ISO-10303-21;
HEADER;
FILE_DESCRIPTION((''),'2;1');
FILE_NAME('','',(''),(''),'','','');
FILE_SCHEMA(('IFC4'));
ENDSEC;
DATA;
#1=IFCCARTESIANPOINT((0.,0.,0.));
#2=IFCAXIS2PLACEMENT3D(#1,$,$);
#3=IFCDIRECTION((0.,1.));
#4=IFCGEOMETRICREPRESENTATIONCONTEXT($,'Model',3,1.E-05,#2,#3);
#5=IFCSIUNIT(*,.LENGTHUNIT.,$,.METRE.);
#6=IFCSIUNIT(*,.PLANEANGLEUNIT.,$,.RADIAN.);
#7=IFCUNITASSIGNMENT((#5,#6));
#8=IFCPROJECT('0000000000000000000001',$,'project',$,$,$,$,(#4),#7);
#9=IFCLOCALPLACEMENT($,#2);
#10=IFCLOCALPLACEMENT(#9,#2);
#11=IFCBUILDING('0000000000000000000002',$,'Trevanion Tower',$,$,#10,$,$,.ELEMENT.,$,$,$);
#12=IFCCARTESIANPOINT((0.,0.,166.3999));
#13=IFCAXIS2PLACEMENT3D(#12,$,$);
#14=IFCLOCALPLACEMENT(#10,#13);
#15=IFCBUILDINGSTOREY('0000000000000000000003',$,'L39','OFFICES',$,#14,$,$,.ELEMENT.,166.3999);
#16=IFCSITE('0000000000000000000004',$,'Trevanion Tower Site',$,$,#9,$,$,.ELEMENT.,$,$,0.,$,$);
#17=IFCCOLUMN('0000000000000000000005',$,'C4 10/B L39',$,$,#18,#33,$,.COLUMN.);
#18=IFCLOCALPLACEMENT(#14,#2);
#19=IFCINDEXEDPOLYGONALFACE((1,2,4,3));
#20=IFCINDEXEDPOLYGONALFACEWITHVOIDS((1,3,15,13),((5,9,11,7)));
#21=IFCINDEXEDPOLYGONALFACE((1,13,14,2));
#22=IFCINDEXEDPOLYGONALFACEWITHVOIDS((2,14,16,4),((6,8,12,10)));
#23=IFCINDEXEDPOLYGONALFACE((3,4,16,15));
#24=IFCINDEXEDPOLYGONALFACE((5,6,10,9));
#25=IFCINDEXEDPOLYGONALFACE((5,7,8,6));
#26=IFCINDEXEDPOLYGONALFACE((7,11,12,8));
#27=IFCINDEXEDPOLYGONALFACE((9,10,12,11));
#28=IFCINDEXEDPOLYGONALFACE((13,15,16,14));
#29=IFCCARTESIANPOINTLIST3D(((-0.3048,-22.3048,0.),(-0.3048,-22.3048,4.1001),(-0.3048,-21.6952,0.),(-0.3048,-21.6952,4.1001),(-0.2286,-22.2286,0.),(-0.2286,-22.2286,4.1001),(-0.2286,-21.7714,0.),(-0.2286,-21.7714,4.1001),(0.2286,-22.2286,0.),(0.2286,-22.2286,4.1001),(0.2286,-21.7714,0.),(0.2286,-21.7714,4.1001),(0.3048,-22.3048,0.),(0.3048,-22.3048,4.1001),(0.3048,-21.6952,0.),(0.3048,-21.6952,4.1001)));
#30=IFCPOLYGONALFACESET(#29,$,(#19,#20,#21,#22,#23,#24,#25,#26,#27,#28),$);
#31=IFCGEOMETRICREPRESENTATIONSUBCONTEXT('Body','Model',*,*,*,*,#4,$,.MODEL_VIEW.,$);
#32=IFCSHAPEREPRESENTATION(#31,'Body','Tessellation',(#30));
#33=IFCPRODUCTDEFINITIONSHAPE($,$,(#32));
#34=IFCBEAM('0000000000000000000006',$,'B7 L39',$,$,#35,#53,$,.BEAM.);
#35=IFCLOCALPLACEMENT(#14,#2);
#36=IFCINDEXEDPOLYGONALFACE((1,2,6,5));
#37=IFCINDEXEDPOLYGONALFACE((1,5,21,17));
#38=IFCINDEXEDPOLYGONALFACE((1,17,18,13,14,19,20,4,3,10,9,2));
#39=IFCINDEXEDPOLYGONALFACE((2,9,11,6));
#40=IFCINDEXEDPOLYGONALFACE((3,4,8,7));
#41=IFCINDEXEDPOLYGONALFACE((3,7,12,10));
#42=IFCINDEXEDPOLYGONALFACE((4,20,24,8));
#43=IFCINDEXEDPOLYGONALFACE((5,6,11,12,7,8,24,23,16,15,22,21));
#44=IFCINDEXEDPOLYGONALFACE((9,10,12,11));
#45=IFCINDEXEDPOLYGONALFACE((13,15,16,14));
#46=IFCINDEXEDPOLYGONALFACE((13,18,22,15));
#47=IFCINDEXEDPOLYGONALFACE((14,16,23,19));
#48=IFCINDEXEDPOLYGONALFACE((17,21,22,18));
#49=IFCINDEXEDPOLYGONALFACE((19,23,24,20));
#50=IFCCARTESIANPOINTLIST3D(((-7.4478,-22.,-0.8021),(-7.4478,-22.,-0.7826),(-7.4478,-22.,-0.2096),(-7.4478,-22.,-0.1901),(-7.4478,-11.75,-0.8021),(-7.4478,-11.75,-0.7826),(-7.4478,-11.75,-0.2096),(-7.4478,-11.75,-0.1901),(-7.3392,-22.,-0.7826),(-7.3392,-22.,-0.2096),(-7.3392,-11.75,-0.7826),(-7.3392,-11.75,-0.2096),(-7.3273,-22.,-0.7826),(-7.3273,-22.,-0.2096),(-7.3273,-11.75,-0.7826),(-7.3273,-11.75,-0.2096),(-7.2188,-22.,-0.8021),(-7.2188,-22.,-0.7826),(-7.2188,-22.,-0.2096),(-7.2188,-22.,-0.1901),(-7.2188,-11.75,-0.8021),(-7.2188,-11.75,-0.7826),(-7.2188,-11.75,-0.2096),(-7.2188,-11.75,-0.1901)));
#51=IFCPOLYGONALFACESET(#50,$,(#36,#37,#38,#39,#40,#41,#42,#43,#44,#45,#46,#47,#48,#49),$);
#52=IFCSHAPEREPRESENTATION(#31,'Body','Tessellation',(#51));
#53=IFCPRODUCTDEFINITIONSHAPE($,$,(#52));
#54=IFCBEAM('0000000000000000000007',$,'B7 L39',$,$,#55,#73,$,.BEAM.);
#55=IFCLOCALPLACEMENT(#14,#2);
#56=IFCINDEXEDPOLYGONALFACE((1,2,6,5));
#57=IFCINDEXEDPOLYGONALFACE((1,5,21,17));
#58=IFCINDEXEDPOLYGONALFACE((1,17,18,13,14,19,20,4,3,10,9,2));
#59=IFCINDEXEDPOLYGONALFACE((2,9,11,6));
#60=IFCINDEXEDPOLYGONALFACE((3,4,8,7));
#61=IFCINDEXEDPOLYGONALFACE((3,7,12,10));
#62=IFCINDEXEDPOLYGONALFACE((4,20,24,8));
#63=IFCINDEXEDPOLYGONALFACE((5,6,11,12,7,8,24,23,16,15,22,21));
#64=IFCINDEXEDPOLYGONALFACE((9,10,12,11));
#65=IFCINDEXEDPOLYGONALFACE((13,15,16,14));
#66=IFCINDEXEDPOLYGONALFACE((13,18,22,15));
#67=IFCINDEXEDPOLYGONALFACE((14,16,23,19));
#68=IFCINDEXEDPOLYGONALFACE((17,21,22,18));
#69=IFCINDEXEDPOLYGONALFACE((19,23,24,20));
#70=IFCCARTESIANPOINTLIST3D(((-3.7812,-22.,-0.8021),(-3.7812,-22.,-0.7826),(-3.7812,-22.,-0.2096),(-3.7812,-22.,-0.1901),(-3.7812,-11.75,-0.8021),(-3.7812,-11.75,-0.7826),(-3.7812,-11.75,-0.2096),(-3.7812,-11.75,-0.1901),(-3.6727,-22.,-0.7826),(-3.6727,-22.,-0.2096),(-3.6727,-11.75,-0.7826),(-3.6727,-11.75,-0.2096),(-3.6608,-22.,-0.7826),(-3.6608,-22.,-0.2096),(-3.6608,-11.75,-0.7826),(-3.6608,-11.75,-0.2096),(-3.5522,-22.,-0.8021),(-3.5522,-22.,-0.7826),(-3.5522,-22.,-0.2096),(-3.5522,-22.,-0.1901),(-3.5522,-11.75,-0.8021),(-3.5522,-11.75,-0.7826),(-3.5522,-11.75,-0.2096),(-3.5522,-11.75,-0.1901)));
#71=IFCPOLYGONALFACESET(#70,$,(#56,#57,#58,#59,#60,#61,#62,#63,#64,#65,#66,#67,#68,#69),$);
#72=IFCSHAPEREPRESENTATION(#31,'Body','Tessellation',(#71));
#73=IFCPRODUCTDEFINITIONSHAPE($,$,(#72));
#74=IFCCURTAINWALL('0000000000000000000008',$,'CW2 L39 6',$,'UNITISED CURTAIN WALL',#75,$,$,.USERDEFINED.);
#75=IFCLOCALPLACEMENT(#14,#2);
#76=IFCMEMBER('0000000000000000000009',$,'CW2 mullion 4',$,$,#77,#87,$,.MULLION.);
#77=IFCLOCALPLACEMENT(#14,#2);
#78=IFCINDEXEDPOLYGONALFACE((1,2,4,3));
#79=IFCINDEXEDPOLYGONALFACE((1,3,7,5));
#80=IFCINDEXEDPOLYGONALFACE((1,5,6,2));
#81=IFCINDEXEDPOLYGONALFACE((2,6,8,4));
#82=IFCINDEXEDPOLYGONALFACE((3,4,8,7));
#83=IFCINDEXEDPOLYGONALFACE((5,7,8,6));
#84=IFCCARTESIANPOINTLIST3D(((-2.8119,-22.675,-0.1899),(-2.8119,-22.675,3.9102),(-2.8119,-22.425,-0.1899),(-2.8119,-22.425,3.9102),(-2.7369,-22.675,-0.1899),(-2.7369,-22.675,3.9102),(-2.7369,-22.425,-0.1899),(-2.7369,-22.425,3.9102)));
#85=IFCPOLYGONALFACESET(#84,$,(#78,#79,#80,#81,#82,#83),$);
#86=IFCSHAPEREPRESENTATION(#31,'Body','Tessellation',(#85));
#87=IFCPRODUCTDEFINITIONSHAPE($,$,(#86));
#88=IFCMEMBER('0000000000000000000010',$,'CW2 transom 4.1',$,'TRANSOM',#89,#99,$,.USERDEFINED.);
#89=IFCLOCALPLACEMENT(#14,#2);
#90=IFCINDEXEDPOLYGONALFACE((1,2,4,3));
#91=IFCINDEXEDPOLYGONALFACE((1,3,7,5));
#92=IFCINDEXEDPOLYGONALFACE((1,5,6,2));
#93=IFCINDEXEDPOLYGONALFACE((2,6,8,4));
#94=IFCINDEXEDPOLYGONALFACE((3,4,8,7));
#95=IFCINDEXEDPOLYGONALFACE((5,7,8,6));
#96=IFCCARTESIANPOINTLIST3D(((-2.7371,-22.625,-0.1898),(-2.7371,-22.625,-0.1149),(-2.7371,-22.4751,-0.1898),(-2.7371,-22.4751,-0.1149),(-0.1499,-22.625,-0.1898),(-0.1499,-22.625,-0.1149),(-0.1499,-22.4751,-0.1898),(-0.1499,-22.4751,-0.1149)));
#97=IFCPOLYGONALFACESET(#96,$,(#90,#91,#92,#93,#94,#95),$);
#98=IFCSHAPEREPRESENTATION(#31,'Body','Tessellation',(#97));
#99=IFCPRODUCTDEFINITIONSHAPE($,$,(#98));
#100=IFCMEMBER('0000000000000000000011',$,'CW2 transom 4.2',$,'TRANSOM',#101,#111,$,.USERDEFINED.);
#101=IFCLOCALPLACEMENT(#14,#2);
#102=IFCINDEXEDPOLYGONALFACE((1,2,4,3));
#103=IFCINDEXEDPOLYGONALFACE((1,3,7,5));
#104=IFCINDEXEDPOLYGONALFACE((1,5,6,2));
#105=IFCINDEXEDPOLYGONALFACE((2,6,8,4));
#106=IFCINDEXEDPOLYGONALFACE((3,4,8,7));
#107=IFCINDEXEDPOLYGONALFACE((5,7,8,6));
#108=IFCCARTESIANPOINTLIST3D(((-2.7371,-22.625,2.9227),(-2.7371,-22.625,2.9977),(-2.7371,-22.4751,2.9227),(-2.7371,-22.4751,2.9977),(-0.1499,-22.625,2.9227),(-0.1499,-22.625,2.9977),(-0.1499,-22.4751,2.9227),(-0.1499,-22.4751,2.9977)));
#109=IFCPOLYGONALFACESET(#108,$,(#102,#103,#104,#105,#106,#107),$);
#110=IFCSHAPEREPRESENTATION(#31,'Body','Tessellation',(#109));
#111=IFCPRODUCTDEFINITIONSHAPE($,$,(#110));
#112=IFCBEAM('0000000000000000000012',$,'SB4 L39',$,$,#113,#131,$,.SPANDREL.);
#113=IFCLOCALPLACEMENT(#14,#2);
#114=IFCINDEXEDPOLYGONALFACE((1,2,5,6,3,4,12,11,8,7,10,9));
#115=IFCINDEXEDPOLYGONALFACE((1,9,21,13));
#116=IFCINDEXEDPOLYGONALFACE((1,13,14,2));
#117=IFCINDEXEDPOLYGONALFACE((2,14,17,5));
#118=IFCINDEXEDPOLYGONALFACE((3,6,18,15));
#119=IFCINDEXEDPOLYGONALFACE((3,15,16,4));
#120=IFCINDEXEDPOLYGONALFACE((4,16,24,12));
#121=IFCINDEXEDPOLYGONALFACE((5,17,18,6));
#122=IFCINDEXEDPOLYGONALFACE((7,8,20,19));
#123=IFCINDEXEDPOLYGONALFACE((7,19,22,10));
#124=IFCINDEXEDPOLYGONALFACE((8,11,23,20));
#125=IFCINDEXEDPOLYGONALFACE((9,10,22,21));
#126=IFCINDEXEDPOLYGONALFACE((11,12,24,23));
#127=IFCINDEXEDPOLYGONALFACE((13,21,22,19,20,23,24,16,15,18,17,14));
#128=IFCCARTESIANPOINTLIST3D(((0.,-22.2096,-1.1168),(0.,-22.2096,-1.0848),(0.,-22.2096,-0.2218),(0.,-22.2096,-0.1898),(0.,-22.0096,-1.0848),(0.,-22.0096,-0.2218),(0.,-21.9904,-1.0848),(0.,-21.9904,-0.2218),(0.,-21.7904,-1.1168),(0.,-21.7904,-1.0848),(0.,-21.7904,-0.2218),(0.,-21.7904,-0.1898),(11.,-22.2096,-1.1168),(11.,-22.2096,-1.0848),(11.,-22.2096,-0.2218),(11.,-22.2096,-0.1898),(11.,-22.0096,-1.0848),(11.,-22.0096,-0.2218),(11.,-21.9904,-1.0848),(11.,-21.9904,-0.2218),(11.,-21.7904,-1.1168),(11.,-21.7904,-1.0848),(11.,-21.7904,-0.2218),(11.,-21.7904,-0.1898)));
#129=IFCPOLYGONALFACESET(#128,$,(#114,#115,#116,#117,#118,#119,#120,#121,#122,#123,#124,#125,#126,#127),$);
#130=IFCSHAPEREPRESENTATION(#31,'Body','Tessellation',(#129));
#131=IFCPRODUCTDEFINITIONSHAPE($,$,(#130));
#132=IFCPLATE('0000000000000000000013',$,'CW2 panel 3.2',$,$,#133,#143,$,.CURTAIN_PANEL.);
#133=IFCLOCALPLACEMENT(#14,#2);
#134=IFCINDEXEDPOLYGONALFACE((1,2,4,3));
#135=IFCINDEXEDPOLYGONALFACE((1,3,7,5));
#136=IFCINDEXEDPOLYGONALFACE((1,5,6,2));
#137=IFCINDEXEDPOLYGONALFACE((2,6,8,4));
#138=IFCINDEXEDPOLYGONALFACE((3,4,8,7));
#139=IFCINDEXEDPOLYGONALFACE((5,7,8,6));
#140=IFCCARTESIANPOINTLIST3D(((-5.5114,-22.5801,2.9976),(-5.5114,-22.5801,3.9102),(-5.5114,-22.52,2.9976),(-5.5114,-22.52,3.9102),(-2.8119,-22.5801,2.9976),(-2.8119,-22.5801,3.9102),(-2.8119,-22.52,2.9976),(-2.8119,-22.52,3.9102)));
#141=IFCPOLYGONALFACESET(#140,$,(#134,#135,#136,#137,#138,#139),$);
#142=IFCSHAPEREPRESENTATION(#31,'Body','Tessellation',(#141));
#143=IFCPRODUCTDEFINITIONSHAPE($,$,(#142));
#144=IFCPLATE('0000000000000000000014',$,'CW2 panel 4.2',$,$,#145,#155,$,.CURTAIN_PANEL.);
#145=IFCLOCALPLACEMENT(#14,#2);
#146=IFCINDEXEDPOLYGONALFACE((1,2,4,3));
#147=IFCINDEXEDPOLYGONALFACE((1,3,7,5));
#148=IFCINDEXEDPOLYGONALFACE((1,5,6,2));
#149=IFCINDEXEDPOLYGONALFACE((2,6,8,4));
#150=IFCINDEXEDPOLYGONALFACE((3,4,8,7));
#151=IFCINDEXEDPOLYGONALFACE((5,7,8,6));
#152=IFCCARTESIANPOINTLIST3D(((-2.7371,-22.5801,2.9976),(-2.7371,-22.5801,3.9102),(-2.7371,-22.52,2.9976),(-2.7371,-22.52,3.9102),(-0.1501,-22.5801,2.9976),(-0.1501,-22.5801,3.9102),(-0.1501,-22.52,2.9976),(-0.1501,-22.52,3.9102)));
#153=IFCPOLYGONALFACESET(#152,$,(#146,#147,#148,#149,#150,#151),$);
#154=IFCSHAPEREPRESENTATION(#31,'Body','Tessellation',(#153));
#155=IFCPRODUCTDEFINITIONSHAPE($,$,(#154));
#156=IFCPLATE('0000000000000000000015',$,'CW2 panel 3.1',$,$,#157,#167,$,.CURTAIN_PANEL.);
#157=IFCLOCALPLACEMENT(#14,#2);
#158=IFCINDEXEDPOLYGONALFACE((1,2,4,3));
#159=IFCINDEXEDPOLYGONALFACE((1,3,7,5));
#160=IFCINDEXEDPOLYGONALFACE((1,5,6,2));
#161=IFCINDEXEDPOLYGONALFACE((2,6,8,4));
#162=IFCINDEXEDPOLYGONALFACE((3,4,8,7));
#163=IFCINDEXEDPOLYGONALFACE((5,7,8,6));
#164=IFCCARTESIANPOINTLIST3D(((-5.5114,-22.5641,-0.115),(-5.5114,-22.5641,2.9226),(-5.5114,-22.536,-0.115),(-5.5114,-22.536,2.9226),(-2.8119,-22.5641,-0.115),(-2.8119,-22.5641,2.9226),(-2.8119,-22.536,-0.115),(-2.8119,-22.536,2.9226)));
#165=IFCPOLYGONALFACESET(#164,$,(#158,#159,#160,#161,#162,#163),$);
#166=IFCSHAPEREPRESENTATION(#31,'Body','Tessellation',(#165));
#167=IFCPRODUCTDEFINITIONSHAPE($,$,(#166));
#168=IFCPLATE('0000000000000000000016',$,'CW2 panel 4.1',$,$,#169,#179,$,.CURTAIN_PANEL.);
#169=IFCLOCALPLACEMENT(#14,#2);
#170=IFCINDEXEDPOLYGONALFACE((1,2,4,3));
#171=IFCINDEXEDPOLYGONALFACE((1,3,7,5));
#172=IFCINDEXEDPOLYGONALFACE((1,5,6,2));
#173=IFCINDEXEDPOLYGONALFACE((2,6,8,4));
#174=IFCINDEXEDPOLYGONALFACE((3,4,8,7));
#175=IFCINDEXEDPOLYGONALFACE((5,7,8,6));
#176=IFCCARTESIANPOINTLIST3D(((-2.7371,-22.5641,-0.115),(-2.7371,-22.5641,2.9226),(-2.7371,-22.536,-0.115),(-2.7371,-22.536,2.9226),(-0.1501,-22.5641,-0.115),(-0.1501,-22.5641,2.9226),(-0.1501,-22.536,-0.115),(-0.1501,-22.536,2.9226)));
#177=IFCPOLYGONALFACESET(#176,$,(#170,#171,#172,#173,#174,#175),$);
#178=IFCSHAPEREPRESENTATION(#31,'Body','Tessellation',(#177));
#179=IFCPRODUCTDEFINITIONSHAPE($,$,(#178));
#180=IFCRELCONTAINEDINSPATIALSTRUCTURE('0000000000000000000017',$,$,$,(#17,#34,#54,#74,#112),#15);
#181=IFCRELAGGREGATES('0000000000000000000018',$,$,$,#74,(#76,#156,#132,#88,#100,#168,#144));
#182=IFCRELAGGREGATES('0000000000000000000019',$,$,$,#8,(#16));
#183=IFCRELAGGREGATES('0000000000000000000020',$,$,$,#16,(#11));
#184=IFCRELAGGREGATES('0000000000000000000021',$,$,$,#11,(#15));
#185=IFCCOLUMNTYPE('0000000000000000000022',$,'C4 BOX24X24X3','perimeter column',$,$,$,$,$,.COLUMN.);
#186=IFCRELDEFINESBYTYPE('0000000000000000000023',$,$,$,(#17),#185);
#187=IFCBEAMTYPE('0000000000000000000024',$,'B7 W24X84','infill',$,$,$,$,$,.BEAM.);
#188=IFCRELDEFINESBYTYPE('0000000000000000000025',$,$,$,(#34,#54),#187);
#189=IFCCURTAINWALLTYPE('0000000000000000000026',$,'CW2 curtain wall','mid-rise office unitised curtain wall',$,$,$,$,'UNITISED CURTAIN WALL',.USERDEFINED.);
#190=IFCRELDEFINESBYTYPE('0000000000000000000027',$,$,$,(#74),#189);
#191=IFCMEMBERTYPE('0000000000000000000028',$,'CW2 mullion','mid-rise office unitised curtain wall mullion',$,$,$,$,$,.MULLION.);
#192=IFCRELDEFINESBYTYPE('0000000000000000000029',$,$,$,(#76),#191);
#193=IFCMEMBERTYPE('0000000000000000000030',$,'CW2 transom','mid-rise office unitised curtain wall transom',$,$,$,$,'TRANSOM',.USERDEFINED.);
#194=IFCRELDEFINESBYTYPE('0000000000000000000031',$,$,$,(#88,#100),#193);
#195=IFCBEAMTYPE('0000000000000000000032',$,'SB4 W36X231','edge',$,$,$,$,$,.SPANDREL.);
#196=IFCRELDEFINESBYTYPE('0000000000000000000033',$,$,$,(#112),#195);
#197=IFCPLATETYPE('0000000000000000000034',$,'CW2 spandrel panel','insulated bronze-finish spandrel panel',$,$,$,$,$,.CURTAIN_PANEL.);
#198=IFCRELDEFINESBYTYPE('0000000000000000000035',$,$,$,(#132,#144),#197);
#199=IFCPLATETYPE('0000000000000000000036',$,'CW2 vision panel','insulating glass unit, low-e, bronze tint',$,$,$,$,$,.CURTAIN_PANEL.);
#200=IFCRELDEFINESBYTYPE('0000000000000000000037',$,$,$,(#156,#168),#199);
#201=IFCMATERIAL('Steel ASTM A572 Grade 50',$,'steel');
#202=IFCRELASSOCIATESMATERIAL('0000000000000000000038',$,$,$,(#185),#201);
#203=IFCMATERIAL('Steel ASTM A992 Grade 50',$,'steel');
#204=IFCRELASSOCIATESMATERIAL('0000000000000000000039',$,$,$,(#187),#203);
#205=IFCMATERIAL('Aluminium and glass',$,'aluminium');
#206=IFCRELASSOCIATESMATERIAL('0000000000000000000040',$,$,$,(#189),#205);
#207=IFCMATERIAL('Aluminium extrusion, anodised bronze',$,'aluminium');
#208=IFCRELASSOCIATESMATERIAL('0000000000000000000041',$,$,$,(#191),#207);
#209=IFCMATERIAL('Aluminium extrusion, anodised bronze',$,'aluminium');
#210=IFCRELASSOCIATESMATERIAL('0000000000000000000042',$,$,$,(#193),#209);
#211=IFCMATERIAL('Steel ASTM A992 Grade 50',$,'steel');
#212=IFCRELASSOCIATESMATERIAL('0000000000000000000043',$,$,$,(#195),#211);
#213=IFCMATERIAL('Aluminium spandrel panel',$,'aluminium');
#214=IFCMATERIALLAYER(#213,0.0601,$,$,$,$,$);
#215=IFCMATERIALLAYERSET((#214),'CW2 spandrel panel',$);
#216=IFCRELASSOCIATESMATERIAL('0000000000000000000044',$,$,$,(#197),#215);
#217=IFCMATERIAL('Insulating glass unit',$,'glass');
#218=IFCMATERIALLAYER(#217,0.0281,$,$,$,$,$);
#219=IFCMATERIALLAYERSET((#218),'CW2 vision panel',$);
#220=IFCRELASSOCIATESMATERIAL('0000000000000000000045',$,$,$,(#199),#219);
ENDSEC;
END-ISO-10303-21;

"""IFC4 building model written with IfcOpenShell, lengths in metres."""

from ifc_helpers import new_model, si_unit, direction, frame, origin, origin_2d, place, context, subcontext, project, spatial, rectangle, hollow_rectangle, i_section, extrude, material, layer, layer_set, material_profile, profile_set, type_object, element, aggregate, save


model = new_model("IFC4")

# Units and contexts
model_context = context("Model", 3, precision=1e-05, world=origin(), true_north=direction((0.0, 1.0)))
body_context = subcontext(model_context, "Body", "Model", "MODEL_VIEW")
ifc_project = project(units=[si_unit("LENGTHUNIT", "METRE"), si_unit("PLANEANGLEUNIT", "RADIAN")], contexts=[model_context])

# Site, building, storey
site_placement = place(None, origin())
site = spatial("IfcSite", under=ifc_project, at=site_placement, Name="Trevanion Tower Site", CompositionType="ELEMENT", RefElevation=0.0)
building_placement = place(site_placement, origin())
building = spatial("IfcBuilding", under=site, at=building_placement, Name="Trevanion Tower", CompositionType="ELEMENT")
storey_placement = place(building_placement, frame((0.0, 0.0, 166.3999)))
storey = spatial("IfcBuildingStorey", under=building, at=storey_placement, Name="L39", Description="OFFICES", CompositionType="ELEMENT", Elevation=166.3999)

# Column
ifc_material_1 = material(Name="Steel ASTM A572 Grade 50", Category="steel")
ifc_material_profile_1 = material_profile(ifc_material_1, hollow_rectangle(XDim=0.6096, YDim=0.6096, WallThickness=0.0762, at=origin_2d()), Name="BOX24X24X3")
ifc_profile_set_1 = profile_set([ifc_material_profile_1], Name="Steel ASTM A572 Grade 50")
column_type = type_object("IfcColumnType", Name="C4 BOX24X24X3", Description="perimeter column", PredefinedType="COLUMN", material=ifc_profile_set_1)
column_placement = place(storey_placement, frame((0.0, -22.0, 0.0), z_axis=(0.0, 0.0, 1.0), x_axis=(1.0, 0.0, 0.0)))
element("IfcColumn", 1, at=column_placement, inside=storey, type_object=column_type, Name="C4 10/B L39", PredefinedType="COLUMN", context=body_context, shape_type="SweptSolid", body=[
    extrude(hollow_rectangle(XDim=0.6096, YDim=0.6096, WallThickness=0.0762, at=origin_2d()), origin(), (0.0, 0.0, 1.0), 4.1001),
])

# Beams
ifc_material_2 = material(Name="Steel ASTM A992 Grade 50", Category="steel")
ifc_material_profile_2 = material_profile(ifc_material_2, i_section(OverallWidth=0.229, OverallDepth=0.6121, WebThickness=0.012, FlangeThickness=0.0195, at=origin_2d()), Name="W24X84")
ifc_profile_set_2 = profile_set([ifc_material_profile_2], Name="Steel ASTM A992 Grade 50")
beam_type_1 = type_object("IfcBeamType", Name="B7 W24X84", Description="infill", PredefinedType="BEAM", material=ifc_profile_set_2)
for number, where, z_axis, x_axis, name in (
    (2, (-7.3333, -11.75, -0.4961), (0.0, -1.0, 0.0), (1.0, 0.0, 0.0), "B7 L39"),
    (3, (-3.6667, -11.75, -0.4961), (0.0, -1.0, 0.0), (1.0, 0.0, 0.0), "B7 L39"),
):
    element("IfcBeam", number, at=place(storey_placement, frame(where, z_axis=z_axis, x_axis=x_axis)), inside=storey, type_object=beam_type_1, Name=name, PredefinedType="BEAM", context=body_context, shape_type="SweptSolid", body=[
        extrude(i_section(OverallWidth=0.229, OverallDepth=0.6121, WebThickness=0.012, FlangeThickness=0.0195, at=origin_2d()), origin(), (0.0, 0.0, 1.0), 10.25),
    ])

# Curtain wall, members
ifc_material_3 = material(Name="Aluminium and glass", Category="aluminium")
curtain_wall_type = type_object("IfcCurtainWallType", Name="CW2 curtain wall", Description="mid-rise office unitised curtain wall", ElementType="UNITISED CURTAIN WALL", PredefinedType="USERDEFINED", material=ifc_material_3)
curtain_wall_placement = place(storey_placement, origin())
curtain_wall = element("IfcCurtainWall", 4, at=curtain_wall_placement, inside=storey, type_object=curtain_wall_type, Name="CW2 L39 6", ObjectType="UNITISED CURTAIN WALL", PredefinedType="USERDEFINED")
ifc_material_4 = material(Name="Aluminium extrusion, anodised bronze", Category="aluminium")
ifc_material_profile_3 = material_profile(ifc_material_4, rectangle(XDim=0.075, YDim=0.25, at=origin_2d()), Name="CW2 mullion")
ifc_profile_set_3 = profile_set([ifc_material_profile_3], Name="Aluminium extrusion, anodised bronze")
member_type_1 = type_object("IfcMemberType", Name="CW2 mullion", Description="mid-rise office unitised curtain wall mullion", PredefinedType="MULLION", material=ifc_profile_set_3)
member_1_placement = place(storey_placement, frame((-2.7744, -22.55, -0.1899), z_axis=(0.0, 0.0, 1.0), x_axis=(1.0, 0.0, 0.0)))
member_1 = element("IfcMember", 5, at=member_1_placement, type_object=member_type_1, Name="CW2 mullion 4", PredefinedType="MULLION", context=body_context, shape_type="SweptSolid", body=[
    extrude(rectangle(XDim=0.075, YDim=0.25, at=origin_2d()), origin(), (0.0, 0.0, 1.0), 4.1001),
])
ifc_material_5 = material(Name="Aluminium extrusion, anodised bronze", Category="aluminium")
ifc_material_profile_4 = material_profile(ifc_material_5, rectangle(XDim=0.1499, YDim=0.075, at=origin_2d()), Name="CW2 transom")
ifc_profile_set_4 = profile_set([ifc_material_profile_4], Name="Aluminium extrusion, anodised bronze")
member_type_2 = type_object("IfcMemberType", Name="CW2 transom", Description="mid-rise office unitised curtain wall transom", ElementType="TRANSOM", PredefinedType="USERDEFINED", material=ifc_profile_set_4)
member_2_placement = place(storey_placement, frame((-2.7371, -22.55, -0.1523), z_axis=(1.0, 0.0, 0.0), x_axis=(0.0, 1.0, 0.0)))
member_2 = element("IfcMember", 6, at=member_2_placement, type_object=member_type_2, Name="CW2 transom 4.1", ObjectType="TRANSOM", PredefinedType="USERDEFINED", context=body_context, shape_type="SweptSolid", body=[
    extrude(rectangle(XDim=0.1499, YDim=0.075, at=origin_2d()), origin(), (0.0, 0.0, 1.0), 2.5872),
])
member_3_placement = place(storey_placement, frame((-2.7371, -22.55, 2.9602), z_axis=(1.0, 0.0, 0.0), x_axis=(0.0, 1.0, 0.0)))
member_3 = element("IfcMember", 7, at=member_3_placement, type_object=member_type_2, Name="CW2 transom 4.2", ObjectType="TRANSOM", PredefinedType="USERDEFINED", context=body_context, shape_type="SweptSolid", body=[
    extrude(rectangle(XDim=0.1499, YDim=0.075, at=origin_2d()), origin(), (0.0, 0.0, 1.0), 2.5872),
])

# Beam
ifc_material_6 = material(Name="Steel ASTM A992 Grade 50", Category="steel")
ifc_material_profile_5 = material_profile(ifc_material_6, i_section(OverallWidth=0.4192, OverallDepth=0.927, WebThickness=0.0193, FlangeThickness=0.032, at=origin_2d()), Name="W36X231")
ifc_profile_set_5 = profile_set([ifc_material_profile_5], Name="Steel ASTM A992 Grade 50")
beam_type_2 = type_object("IfcBeamType", Name="SB4 W36X231", Description="edge", PredefinedType="SPANDREL", material=ifc_profile_set_5)
beam_placement = place(storey_placement, frame((0.0, -22.0, -0.6533), z_axis=(1.0, 0.0, 0.0), x_axis=(0.0, 1.0, 0.0)))
element("IfcBeam", 8, at=beam_placement, inside=storey, type_object=beam_type_2, Name="SB4 L39", PredefinedType="SPANDREL", context=body_context, shape_type="SweptSolid", body=[
    extrude(i_section(OverallWidth=0.4192, OverallDepth=0.927, WebThickness=0.0193, FlangeThickness=0.032, at=origin_2d()), origin(), (0.0, 0.0, 1.0), 11.0),
])

# Plates
ifc_material_7 = material(Name="Aluminium spandrel panel", Category="aluminium")
ifc_layer_1 = layer(ifc_material_7, 0.0601)
ifc_layer_set_1 = layer_set([ifc_layer_1], Name="CW2 spandrel panel")
plate_type_1 = type_object("IfcPlateType", Name="CW2 spandrel panel", Description="insulated bronze-finish spandrel panel", PredefinedType="CURTAIN_PANEL", material=ifc_layer_set_1)
plate_1_placement = place(storey_placement, frame((-4.1616, -22.55, 2.9976), z_axis=(0.0, 0.0, 1.0), x_axis=(1.0, 0.0, 0.0)))
plate_1 = element("IfcPlate", 9, at=plate_1_placement, type_object=plate_type_1, Name="CW2 panel 3.2", PredefinedType="CURTAIN_PANEL", context=body_context, shape_type="SweptSolid", body=[
    extrude(rectangle(XDim=2.6995, YDim=0.0601, at=origin_2d()), origin(), (0.0, 0.0, 1.0), 0.9126),
])
plate_2_placement = place(storey_placement, frame((-1.4436, -22.55, 2.9976), z_axis=(0.0, 0.0, 1.0), x_axis=(1.0, 0.0, 0.0)))
plate_2 = element("IfcPlate", 10, at=plate_2_placement, type_object=plate_type_1, Name="CW2 panel 4.2", PredefinedType="CURTAIN_PANEL", context=body_context, shape_type="SweptSolid", body=[
    extrude(rectangle(XDim=2.5869, YDim=0.0601, at=origin_2d()), origin(), (0.0, 0.0, 1.0), 0.9126),
])
ifc_material_8 = material(Name="Insulating glass unit", Category="glass")
ifc_layer_2 = layer(ifc_material_8, 0.0281)
ifc_layer_set_2 = layer_set([ifc_layer_2], Name="CW2 vision panel")
plate_type_2 = type_object("IfcPlateType", Name="CW2 vision panel", Description="insulating glass unit, low-e, bronze tint", PredefinedType="CURTAIN_PANEL", material=ifc_layer_set_2)
plate_3_placement = place(storey_placement, frame((-4.1616, -22.55, -0.115), z_axis=(0.0, 0.0, 1.0), x_axis=(1.0, 0.0, 0.0)))
plate_3 = element("IfcPlate", 11, at=plate_3_placement, type_object=plate_type_2, Name="CW2 panel 3.1", PredefinedType="CURTAIN_PANEL", context=body_context, shape_type="SweptSolid", body=[
    extrude(rectangle(XDim=2.6995, YDim=0.0281, at=origin_2d()), origin(), (0.0, 0.0, 1.0), 3.0376),
])
plate_4_placement = place(storey_placement, frame((-1.4436, -22.55, -0.115), z_axis=(0.0, 0.0, 1.0), x_axis=(1.0, 0.0, 0.0)))
plate_4 = element("IfcPlate", 12, at=plate_4_placement, type_object=plate_type_2, Name="CW2 panel 4.1", PredefinedType="CURTAIN_PANEL", context=body_context, shape_type="SweptSolid", body=[
    extrude(rectangle(XDim=2.5869, YDim=0.0281, at=origin_2d()), origin(), (0.0, 0.0, 1.0), 3.0376),
])
aggregate(curtain_wall, [member_1, plate_3, plate_1, member_2, member_3, plate_4, plate_2])

save(model, "model.ifc")
